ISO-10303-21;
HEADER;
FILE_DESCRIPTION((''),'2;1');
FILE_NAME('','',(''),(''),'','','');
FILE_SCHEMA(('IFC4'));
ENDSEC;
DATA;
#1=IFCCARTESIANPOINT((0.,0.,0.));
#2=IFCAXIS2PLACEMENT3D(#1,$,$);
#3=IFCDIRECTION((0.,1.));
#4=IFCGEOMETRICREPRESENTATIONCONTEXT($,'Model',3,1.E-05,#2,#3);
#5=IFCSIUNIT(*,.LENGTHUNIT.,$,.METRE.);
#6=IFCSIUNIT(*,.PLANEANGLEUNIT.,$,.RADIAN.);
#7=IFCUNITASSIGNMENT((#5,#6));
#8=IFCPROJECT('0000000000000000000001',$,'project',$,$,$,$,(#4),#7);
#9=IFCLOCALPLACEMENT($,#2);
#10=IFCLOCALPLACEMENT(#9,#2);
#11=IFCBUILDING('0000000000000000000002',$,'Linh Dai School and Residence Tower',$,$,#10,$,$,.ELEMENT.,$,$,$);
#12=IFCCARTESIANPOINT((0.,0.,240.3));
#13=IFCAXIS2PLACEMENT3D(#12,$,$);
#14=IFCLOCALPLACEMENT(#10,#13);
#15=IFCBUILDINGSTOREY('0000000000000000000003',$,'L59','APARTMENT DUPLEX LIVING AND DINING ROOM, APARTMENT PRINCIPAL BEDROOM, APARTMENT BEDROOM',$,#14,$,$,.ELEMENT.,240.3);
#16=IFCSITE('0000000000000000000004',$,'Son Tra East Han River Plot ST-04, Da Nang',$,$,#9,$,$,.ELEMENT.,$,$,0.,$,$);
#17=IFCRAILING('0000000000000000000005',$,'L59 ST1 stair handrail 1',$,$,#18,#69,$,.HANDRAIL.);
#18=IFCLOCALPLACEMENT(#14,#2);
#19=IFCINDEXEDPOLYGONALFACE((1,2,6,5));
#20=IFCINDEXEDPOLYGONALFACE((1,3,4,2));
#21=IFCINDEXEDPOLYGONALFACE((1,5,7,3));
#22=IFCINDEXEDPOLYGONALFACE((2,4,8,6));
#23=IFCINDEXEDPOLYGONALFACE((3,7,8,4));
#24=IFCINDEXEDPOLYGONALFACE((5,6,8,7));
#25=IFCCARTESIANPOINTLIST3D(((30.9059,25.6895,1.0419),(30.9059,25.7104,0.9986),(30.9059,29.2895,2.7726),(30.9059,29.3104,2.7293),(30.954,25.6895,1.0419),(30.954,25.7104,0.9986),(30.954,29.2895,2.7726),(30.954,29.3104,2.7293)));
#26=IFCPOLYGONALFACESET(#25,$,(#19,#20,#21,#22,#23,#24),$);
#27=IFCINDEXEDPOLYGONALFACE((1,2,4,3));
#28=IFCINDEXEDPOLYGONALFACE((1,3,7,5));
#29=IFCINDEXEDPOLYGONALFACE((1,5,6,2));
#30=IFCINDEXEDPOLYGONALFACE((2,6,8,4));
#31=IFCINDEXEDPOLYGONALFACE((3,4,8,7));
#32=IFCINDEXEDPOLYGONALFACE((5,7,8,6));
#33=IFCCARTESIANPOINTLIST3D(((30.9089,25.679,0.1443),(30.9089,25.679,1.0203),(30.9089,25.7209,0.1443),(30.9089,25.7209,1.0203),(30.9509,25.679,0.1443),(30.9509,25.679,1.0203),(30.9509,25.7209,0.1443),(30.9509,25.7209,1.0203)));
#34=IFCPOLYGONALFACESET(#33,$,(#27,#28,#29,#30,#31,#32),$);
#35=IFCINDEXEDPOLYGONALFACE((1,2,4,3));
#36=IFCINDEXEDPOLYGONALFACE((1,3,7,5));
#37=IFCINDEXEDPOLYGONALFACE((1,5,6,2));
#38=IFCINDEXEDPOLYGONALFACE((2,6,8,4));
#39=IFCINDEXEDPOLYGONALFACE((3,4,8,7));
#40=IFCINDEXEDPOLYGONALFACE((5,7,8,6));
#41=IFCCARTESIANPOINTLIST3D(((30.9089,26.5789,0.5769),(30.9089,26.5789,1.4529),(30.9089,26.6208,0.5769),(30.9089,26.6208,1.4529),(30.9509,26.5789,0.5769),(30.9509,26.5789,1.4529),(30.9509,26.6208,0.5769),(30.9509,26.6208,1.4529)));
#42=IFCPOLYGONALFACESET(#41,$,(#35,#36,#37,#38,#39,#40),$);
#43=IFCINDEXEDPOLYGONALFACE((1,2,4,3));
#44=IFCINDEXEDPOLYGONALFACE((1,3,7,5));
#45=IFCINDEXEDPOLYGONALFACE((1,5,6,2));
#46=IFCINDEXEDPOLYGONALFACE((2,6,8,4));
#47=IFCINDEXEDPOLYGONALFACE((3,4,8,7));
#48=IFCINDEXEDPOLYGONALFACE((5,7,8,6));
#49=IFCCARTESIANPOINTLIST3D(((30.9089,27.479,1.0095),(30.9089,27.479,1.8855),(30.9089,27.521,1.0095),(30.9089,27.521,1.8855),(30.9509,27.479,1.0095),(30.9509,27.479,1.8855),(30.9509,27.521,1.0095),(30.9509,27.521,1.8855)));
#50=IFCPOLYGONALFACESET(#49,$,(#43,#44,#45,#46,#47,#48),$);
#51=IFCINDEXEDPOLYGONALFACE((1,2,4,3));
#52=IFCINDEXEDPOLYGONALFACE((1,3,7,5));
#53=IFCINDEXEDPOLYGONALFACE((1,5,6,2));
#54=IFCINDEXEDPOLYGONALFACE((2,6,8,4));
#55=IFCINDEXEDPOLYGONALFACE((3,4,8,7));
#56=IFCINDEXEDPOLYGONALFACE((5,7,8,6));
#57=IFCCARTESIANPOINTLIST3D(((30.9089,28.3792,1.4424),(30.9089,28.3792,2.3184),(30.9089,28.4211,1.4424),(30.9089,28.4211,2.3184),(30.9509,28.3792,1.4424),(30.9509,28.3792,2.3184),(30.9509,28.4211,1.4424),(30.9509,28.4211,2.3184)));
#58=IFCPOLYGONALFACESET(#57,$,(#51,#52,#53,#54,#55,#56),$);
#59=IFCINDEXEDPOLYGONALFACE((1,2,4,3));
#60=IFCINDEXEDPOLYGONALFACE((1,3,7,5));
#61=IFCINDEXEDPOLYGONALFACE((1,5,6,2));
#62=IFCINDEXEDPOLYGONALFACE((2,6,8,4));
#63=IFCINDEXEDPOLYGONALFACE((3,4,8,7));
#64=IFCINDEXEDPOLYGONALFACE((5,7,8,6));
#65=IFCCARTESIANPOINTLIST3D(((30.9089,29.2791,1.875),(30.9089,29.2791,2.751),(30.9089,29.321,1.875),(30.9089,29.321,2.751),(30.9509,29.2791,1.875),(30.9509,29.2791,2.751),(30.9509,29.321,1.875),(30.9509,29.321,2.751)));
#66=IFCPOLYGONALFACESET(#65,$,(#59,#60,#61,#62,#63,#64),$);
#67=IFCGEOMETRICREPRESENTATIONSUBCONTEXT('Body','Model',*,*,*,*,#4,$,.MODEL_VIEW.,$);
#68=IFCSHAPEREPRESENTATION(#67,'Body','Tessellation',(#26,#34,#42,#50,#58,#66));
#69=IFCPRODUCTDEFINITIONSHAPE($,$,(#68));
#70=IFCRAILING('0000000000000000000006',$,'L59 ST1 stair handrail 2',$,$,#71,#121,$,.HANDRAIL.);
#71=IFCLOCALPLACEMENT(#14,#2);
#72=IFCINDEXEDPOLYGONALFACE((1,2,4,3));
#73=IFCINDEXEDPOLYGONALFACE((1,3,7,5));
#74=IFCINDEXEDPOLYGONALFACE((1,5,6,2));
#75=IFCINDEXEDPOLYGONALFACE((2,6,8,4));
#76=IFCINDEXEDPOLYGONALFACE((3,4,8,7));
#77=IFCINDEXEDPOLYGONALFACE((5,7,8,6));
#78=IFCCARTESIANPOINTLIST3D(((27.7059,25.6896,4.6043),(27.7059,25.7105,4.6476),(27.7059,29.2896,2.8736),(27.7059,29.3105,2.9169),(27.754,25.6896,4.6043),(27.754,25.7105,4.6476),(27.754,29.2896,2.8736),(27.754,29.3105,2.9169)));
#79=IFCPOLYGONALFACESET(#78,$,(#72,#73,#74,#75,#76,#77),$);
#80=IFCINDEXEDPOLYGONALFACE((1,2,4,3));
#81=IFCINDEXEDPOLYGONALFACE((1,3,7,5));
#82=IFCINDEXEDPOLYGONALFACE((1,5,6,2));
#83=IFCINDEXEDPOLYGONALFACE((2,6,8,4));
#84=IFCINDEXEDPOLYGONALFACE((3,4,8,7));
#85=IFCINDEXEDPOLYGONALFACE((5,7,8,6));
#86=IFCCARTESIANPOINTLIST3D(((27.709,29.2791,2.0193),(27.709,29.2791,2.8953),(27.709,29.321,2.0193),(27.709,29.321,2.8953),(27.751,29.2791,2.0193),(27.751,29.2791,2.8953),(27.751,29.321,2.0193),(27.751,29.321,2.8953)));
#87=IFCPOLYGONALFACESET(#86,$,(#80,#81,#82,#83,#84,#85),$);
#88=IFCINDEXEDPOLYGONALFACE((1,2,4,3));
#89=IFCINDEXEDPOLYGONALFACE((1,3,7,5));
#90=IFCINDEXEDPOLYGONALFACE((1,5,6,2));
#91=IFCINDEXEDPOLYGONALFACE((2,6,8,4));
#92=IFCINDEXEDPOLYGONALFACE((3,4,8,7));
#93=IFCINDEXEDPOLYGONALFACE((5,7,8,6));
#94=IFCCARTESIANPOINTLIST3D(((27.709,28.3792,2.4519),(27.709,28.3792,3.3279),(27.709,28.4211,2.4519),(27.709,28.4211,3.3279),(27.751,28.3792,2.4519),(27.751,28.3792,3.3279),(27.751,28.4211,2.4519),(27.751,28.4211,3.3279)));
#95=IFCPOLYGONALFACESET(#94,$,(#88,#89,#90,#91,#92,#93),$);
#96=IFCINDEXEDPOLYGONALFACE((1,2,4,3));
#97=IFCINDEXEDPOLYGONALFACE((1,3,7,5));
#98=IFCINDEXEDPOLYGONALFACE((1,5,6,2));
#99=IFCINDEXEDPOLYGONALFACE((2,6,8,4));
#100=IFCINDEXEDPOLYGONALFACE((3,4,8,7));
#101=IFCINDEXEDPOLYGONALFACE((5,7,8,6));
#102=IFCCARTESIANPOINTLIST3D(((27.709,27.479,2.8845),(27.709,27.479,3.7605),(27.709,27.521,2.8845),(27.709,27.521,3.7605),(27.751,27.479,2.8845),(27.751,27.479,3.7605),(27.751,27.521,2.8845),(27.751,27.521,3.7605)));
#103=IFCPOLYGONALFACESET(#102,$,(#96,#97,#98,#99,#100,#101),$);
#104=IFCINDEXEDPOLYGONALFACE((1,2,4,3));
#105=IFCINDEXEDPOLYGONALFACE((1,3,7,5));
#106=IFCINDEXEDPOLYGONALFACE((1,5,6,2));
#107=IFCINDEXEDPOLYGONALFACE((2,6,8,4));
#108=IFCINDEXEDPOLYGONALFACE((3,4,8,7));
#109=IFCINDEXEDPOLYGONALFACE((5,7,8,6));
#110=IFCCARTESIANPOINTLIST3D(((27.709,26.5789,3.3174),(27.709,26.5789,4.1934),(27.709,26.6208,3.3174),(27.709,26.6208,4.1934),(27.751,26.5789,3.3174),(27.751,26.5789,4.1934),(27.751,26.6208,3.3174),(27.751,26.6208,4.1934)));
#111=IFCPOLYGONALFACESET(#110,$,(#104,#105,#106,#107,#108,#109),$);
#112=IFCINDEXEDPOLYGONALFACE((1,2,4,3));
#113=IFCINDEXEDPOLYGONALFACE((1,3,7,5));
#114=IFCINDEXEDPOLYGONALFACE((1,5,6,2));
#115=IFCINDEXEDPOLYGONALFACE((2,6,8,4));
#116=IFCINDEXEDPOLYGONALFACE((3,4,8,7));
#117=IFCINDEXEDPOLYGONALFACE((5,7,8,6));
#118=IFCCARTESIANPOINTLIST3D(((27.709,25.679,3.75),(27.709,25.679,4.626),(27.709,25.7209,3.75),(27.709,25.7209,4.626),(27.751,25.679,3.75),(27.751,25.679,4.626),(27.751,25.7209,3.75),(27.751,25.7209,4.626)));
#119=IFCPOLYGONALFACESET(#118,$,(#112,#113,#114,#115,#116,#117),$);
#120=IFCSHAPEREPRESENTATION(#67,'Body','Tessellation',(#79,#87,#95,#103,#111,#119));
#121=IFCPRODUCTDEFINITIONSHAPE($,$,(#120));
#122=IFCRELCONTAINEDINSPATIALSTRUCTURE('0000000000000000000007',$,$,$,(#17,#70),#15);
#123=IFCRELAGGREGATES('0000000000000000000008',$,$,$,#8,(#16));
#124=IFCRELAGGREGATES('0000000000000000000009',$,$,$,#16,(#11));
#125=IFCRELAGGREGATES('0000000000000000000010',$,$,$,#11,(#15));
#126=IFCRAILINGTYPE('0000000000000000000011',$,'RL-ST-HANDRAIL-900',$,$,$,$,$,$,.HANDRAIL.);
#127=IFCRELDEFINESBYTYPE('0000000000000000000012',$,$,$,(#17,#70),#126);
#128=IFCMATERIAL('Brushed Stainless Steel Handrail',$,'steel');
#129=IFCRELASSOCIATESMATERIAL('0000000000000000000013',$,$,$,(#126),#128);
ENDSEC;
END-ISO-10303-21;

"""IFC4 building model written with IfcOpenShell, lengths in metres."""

from ifc_helpers import new_model, si_unit, direction, frame, origin, origin_2d, place, context, subcontext, project, spatial, rectangle, extrude, source, transform, mapped, material, type_object, element, save


model = new_model("IFC4")

# Units and contexts
model_context = context("Model", 3, precision=1e-05, world=origin(), true_north=direction((0.0, 1.0)))
body_context = subcontext(model_context, "Body", "Model", "MODEL_VIEW")
ifc_project = project(units=[si_unit("LENGTHUNIT", "METRE"), si_unit("PLANEANGLEUNIT", "RADIAN")], contexts=[model_context])

# Site, building, storey
site_placement = place(None, origin())
site = spatial("IfcSite", under=ifc_project, at=site_placement, Name="Son Tra East Han River Plot ST-04, Da Nang", CompositionType="ELEMENT", RefElevation=0.0)
building_placement = place(site_placement, origin())
building = spatial("IfcBuilding", under=site, at=building_placement, Name="Linh Dai School and Residence Tower", CompositionType="ELEMENT")
storey_placement = place(building_placement, frame((0.0, 0.0, 240.3)))
storey = spatial("IfcBuildingStorey", under=building, at=storey_placement, Name="L59", Description="APARTMENT DUPLEX LIVING AND DINING ROOM, APARTMENT PRINCIPAL BEDROOM, APARTMENT BEDROOM", CompositionType="ELEMENT", Elevation=240.3)

# Railings
ifc_material_1 = material(Name="Brushed Stainless Steel Handrail", Category="steel")
railing_type_1 = type_object("IfcRailingType", Name="RL-ST-HANDRAIL-900", PredefinedType="HANDRAIL", material=ifc_material_1)
shared_shape_1 = source(origin(), body_context, "Body", "SweptSolid", [
    extrude(rectangle(XDim=0.0481, YDim=0.0481, at=origin_2d()), frame((0.0, 0.0, 0.876), z_axis=(0.0, 0.901263, 0.433273), x_axis=(-1.0, 0.0, 0.0)), (0.0, 0.0, 1.0), 3.9944),
    extrude(rectangle(XDim=0.042, YDim=0.042, at=origin_2d()), origin(), (0.0, 0.0, 1.0), 0.876),
    extrude(rectangle(XDim=0.042, YDim=0.042, at=origin_2d()), frame((0.0, 0.8999, 0.4326)), (0.0, 0.0, 1.0), 0.876),
    extrude(rectangle(XDim=0.042, YDim=0.042, at=origin_2d()), frame((0.0, 1.8, 0.8652)), (0.0, 0.0, 1.0), 0.876),
    extrude(rectangle(XDim=0.042, YDim=0.042, at=origin_2d()), frame((0.0, 2.7002, 1.2981)), (0.0, 0.0, 1.0), 0.876),
    extrude(rectangle(XDim=0.042, YDim=0.042, at=origin_2d()), frame((0.0, 3.6001, 1.7307)), (0.0, 0.0, 1.0), 0.876),
])
railing_1_placement = place(storey_placement, frame((30.9299, 25.7, 0.1443)))
element("IfcRailing", 1, at=railing_1_placement, inside=storey, type_object=railing_type_1, Name="L59 ST1 stair handrail 1", PredefinedType="HANDRAIL", context=body_context, shape_type="MappedRepresentation", body=[
    mapped(shared_shape_1, transform((0.0, 0.0, 0.0), x_axis=(1.0, 0.0, 0.0), y_axis=(0.0, 1.0, 0.0), z_axis=(0.0, 0.0, 1.0), scale=1.0)),
])
shared_shape_2 = source(origin(), body_context, "Body", "SweptSolid", [
    extrude(rectangle(XDim=0.0481, YDim=0.0481, at=origin_2d()), frame((0.0, 0.0, 0.876), z_axis=(0.0, -0.901263, 0.433273), x_axis=(1.0, 0.0, 0.0)), (0.0, 0.0, 1.0), 3.9944),
    extrude(rectangle(XDim=0.042, YDim=0.042, at=origin_2d()), origin(), (0.0, 0.0, 1.0), 0.876),
    extrude(rectangle(XDim=0.042, YDim=0.042, at=origin_2d()), frame((0.0, -0.8999, 0.4326)), (0.0, 0.0, 1.0), 0.876),
    extrude(rectangle(XDim=0.042, YDim=0.042, at=origin_2d()), frame((0.0, -1.8, 0.8652)), (0.0, 0.0, 1.0), 0.876),
    extrude(rectangle(XDim=0.042, YDim=0.042, at=origin_2d()), frame((0.0, -2.7002, 1.2981)), (0.0, 0.0, 1.0), 0.876),
    extrude(rectangle(XDim=0.042, YDim=0.042, at=origin_2d()), frame((0.0, -3.6001, 1.7307)), (0.0, 0.0, 1.0), 0.876),
])
railing_2_placement = place(storey_placement, frame((27.73, 29.3, 2.0193)))
element("IfcRailing", 2, at=railing_2_placement, inside=storey, type_object=railing_type_1, Name="L59 ST1 stair handrail 2", PredefinedType="HANDRAIL", context=body_context, shape_type="MappedRepresentation", body=[
    mapped(shared_shape_2, transform((0.0, 0.0, 0.0), x_axis=(1.0, 0.0, 0.0), y_axis=(0.0, 1.0, 0.0), z_axis=(0.0, 0.0, 1.0), scale=1.0)),
])

save(model, "model.ifc")
